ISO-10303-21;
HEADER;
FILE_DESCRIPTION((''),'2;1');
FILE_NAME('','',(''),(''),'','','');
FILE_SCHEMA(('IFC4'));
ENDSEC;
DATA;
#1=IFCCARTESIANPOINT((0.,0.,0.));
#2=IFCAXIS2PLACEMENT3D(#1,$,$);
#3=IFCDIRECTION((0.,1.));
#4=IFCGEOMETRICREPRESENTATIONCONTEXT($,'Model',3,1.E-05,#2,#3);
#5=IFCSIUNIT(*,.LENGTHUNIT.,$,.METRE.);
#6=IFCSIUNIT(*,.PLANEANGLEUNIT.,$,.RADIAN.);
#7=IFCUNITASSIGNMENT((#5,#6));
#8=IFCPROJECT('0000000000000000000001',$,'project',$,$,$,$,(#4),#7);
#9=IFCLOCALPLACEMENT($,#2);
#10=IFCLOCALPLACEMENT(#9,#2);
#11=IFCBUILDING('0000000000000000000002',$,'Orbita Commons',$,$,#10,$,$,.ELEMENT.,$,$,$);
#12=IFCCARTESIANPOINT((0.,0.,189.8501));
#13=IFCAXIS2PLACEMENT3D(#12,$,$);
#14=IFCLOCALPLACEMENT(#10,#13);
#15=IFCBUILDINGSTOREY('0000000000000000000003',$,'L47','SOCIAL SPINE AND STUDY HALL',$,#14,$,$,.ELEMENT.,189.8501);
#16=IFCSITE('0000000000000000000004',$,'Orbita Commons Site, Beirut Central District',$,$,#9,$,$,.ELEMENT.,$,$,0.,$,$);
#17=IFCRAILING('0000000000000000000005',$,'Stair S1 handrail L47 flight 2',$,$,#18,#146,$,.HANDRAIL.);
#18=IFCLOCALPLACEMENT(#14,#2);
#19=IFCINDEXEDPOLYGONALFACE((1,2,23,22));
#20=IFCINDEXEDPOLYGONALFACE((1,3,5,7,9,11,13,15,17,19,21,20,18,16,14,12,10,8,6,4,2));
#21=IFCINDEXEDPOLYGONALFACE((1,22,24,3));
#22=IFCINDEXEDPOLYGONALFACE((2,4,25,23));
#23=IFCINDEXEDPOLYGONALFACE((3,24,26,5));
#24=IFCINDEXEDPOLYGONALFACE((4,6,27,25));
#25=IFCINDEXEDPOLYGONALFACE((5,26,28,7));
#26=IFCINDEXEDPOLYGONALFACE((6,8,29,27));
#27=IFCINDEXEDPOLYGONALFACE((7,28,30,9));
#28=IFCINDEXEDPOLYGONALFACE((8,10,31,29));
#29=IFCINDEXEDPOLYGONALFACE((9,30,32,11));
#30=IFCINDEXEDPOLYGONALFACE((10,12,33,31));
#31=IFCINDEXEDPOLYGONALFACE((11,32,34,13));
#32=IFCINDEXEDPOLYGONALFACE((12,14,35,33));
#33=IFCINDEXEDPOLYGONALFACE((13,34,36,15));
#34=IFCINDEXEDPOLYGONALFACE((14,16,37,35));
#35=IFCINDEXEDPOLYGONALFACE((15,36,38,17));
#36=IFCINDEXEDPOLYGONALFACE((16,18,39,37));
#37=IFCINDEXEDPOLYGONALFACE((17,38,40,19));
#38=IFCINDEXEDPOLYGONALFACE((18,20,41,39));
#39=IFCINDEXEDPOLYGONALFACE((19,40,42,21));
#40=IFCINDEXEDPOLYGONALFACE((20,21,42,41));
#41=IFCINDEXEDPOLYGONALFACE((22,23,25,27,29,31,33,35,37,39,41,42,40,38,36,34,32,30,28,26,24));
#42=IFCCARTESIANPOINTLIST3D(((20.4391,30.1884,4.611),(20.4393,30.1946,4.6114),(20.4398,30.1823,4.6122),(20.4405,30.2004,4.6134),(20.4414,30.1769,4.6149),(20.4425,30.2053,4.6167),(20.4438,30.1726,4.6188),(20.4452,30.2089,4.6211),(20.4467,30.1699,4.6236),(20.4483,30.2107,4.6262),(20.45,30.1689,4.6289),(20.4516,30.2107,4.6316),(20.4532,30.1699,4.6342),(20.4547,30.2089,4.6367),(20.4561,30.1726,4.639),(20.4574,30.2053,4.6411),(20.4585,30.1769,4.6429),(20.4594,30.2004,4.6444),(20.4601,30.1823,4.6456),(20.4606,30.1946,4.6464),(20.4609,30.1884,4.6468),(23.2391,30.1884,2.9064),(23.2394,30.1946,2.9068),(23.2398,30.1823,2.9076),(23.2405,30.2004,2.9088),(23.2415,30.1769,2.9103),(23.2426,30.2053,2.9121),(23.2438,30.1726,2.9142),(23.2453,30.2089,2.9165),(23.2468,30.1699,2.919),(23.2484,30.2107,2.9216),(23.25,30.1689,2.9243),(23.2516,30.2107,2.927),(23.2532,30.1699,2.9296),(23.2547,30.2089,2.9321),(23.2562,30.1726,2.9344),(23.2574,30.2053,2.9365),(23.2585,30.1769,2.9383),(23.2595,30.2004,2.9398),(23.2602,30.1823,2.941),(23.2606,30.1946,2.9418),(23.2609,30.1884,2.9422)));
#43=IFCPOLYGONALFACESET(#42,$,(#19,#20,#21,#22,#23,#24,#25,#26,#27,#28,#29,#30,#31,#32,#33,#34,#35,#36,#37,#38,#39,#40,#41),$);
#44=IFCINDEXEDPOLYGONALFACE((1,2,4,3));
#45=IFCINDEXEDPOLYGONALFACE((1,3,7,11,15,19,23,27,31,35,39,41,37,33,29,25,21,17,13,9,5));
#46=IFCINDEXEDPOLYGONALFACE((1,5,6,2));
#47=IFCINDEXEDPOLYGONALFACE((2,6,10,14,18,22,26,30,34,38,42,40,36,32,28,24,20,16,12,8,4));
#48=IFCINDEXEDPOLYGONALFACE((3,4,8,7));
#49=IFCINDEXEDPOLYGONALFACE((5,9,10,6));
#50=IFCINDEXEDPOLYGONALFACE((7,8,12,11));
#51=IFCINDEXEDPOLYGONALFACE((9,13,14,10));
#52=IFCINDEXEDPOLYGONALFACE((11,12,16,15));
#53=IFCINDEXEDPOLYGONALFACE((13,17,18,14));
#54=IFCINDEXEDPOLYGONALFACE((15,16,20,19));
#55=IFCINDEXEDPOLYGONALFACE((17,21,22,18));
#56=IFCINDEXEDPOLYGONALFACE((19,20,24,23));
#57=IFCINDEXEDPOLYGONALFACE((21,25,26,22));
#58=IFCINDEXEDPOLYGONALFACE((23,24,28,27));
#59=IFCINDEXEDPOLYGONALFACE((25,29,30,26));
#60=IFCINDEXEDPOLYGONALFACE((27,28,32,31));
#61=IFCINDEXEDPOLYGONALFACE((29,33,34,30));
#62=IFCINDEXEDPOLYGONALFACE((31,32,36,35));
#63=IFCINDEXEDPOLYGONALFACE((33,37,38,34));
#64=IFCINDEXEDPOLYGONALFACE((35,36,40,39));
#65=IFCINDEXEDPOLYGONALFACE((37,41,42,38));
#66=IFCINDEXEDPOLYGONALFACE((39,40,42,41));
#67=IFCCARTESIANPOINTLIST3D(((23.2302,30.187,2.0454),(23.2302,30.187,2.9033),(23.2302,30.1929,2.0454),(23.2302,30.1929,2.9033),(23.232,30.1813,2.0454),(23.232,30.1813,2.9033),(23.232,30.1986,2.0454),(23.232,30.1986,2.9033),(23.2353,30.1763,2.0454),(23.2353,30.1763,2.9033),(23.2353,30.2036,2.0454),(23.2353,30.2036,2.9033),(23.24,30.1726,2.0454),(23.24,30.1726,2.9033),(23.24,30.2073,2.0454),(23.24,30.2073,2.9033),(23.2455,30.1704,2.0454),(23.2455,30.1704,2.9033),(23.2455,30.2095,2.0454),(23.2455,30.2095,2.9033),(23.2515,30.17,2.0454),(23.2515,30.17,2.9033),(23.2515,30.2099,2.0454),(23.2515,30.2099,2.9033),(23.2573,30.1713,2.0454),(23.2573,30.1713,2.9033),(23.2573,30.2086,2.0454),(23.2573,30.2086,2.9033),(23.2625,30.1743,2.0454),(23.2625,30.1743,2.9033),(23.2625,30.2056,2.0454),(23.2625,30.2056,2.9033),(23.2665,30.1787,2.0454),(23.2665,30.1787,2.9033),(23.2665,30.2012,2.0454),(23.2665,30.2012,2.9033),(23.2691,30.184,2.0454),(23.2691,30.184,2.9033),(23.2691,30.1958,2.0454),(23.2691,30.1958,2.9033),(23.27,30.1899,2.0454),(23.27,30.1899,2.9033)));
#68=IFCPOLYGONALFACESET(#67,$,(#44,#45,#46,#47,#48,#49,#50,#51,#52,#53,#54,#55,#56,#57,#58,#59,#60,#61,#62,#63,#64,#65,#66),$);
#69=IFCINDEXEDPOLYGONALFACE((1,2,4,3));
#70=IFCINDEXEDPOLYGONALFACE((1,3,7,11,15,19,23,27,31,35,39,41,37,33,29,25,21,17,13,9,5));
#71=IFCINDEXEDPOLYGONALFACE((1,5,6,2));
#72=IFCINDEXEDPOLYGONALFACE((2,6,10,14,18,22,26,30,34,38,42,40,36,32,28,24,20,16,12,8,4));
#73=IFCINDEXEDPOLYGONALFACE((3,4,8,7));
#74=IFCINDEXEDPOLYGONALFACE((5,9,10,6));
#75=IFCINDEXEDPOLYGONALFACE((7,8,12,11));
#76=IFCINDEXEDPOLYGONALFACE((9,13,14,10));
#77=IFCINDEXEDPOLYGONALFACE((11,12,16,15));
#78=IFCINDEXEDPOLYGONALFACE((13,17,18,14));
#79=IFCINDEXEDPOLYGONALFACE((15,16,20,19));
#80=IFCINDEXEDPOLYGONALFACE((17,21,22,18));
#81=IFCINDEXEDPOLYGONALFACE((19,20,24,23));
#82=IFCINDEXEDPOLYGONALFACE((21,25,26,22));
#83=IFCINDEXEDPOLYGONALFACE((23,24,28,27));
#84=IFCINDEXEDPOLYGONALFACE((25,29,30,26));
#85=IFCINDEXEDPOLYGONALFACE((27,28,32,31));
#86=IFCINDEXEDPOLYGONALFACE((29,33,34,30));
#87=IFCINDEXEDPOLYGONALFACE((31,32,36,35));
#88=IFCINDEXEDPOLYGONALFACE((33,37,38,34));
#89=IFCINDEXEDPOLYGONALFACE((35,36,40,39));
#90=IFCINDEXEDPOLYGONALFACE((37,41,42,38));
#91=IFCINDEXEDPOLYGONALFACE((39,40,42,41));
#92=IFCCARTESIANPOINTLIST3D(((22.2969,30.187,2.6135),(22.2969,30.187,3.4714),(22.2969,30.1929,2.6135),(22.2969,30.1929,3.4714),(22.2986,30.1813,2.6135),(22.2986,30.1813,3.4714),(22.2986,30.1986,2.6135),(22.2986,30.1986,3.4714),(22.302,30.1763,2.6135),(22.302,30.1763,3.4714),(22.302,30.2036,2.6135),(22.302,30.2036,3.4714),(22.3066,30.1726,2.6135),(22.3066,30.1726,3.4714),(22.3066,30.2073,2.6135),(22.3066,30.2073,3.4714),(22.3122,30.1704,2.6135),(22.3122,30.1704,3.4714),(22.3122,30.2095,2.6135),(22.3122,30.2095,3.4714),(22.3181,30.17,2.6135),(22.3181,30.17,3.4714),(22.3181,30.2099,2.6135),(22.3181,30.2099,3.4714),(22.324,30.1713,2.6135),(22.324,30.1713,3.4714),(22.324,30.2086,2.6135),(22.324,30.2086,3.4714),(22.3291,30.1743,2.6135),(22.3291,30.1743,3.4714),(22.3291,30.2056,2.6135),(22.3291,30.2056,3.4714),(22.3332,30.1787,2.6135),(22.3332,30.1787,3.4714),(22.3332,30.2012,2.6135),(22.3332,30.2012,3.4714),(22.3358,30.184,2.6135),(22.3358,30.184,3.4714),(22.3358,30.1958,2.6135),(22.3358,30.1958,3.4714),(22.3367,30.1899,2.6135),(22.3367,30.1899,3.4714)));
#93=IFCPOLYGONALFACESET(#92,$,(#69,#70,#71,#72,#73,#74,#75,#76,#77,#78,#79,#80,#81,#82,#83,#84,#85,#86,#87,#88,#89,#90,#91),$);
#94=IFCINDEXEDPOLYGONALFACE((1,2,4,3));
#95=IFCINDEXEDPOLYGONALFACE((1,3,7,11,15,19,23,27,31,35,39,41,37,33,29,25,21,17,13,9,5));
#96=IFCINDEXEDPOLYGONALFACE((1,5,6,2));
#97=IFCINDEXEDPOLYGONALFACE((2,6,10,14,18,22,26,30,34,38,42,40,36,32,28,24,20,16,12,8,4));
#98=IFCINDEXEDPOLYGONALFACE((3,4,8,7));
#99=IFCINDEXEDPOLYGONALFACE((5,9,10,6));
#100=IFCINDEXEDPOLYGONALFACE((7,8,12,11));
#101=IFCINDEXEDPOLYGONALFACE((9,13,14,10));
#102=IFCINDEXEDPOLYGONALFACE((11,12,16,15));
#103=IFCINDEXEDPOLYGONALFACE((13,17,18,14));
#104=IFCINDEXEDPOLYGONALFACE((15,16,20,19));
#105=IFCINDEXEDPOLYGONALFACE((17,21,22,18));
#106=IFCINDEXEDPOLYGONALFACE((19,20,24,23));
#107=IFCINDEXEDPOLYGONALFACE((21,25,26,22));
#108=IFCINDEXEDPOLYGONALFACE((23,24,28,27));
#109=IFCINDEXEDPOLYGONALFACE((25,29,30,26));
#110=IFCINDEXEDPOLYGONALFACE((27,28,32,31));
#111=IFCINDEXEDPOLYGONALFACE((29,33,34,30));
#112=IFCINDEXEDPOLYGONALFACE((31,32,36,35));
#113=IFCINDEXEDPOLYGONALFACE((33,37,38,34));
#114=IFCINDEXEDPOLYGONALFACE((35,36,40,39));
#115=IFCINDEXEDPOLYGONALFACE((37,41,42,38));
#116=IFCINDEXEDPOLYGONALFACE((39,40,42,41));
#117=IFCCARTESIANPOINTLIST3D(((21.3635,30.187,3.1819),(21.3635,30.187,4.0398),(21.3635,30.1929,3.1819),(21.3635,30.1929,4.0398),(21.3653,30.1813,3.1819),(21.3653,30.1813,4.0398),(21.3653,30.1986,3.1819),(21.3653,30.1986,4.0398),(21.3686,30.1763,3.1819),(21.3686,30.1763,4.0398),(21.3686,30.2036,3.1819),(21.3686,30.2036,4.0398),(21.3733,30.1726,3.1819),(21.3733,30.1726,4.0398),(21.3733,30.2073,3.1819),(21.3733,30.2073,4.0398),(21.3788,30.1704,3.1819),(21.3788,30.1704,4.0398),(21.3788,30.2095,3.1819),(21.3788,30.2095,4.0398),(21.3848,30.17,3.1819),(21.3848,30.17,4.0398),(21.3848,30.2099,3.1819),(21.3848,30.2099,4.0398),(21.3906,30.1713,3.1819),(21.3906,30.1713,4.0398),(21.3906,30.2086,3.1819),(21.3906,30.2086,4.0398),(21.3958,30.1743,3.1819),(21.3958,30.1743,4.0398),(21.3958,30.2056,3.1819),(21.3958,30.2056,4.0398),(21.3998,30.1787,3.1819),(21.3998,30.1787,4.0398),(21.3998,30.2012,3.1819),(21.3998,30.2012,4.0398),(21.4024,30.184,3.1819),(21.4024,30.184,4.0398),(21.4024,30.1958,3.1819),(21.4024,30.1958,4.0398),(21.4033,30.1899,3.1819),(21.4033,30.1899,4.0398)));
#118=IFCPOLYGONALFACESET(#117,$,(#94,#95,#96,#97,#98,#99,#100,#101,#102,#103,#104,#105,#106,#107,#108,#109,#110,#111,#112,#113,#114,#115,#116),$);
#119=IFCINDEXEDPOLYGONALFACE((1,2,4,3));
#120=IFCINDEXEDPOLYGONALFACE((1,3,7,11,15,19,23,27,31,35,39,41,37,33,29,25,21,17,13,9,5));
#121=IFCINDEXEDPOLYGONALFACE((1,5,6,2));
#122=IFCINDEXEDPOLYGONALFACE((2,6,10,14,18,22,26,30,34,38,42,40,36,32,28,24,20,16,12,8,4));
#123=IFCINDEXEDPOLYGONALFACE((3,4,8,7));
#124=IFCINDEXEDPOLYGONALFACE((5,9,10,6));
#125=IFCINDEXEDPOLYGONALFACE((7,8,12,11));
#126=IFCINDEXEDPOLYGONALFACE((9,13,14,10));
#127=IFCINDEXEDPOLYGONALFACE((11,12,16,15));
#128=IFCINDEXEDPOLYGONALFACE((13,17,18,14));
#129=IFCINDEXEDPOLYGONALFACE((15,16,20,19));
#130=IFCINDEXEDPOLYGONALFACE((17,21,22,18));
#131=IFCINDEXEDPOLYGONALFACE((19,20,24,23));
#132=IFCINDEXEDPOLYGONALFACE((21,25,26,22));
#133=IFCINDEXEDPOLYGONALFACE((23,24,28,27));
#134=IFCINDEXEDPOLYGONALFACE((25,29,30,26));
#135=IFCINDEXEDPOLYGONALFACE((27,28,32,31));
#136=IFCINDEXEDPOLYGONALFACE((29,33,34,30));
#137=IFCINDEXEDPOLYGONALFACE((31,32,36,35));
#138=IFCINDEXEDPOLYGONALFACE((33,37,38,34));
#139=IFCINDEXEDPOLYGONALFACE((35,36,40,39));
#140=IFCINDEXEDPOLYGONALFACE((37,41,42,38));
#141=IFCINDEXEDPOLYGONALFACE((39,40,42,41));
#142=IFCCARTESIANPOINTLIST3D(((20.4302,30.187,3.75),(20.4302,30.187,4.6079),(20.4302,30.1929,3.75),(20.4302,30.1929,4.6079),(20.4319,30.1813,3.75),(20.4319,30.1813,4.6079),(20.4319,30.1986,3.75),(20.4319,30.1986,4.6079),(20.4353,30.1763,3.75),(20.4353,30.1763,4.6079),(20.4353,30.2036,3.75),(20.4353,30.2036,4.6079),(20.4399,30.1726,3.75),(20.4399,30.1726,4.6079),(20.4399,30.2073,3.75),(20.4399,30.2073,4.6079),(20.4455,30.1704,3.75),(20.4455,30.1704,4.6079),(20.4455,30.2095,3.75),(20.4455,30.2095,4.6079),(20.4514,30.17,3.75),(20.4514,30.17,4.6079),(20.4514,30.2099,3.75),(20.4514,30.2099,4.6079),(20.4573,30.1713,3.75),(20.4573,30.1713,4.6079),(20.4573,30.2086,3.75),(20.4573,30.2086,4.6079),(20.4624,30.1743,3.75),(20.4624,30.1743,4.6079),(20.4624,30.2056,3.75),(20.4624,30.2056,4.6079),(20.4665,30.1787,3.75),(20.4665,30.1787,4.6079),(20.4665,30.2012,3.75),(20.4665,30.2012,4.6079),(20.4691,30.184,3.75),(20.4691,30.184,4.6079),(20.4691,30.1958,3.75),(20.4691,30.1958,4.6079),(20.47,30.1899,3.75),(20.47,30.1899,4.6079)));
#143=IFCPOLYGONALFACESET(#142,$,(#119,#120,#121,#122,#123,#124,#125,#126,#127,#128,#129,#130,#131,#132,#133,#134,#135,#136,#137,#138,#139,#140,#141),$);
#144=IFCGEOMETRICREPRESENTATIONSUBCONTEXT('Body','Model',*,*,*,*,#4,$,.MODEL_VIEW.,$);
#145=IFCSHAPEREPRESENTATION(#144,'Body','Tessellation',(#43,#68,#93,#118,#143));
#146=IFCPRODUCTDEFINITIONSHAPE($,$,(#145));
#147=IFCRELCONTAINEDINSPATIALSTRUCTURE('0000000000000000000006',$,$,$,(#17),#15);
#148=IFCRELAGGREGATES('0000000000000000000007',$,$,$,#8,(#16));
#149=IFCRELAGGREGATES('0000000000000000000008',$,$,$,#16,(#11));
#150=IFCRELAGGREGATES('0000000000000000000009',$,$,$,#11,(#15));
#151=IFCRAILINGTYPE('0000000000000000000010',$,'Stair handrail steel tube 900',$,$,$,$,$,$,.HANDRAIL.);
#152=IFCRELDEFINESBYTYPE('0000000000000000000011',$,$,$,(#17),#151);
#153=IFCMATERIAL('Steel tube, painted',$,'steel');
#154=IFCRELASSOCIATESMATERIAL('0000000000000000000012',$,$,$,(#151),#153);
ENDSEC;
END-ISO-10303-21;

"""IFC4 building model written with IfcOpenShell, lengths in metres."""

from ifc_helpers import new_model, si_unit, direction, frame, origin, origin_2d, place, context, subcontext, project, spatial, circle, extrude, material, type_object, element, save


model = new_model("IFC4")

# Units and contexts
model_context = context("Model", 3, precision=1e-05, world=origin(), true_north=direction((0.0, 1.0)))
body_context = subcontext(model_context, "Body", "Model", "MODEL_VIEW")
ifc_project = project(units=[si_unit("LENGTHUNIT", "METRE"), si_unit("PLANEANGLEUNIT", "RADIAN")], contexts=[model_context])

# Site, building, storey
site_placement = place(None, origin())
site = spatial("IfcSite", under=ifc_project, at=site_placement, Name="Orbita Commons Site, Beirut Central District", CompositionType="ELEMENT", RefElevation=0.0)
building_placement = place(site_placement, origin())
building = spatial("IfcBuilding", under=site, at=building_placement, Name="Orbita Commons", CompositionType="ELEMENT")
storey_placement = place(building_placement, frame((0.0, 0.0, 189.8501)))
storey = spatial("IfcBuildingStorey", under=building, at=storey_placement, Name="L47", Description="SOCIAL SPINE AND STUDY HALL", CompositionType="ELEMENT", Elevation=189.8501)

# Railing
ifc_material = material(Name="Steel tube, painted", Category="steel")
railing_type = type_object("IfcRailingType", Name="Stair handrail steel tube 900", PredefinedType="HANDRAIL", material=ifc_material)
for number, where, name in (
    (1, (23.25, 30.1899, 2.0454), "Stair S1 handrail L47 flight 2"),
):
    element("IfcRailing", number, at=place(storey_placement, frame(where)), inside=storey, type_object=railing_type, Name=name, PredefinedType="HANDRAIL", context=body_context, shape_type="SweptSolid", body=[
        extrude(circle(Radius=0.021, at=origin_2d()), frame((0.0, 0.0, 0.8789), z_axis=(-0.85417, 0.0, 0.519994), x_axis=(0.0, -1.0, 0.0)), (0.0, 0.0, 1.0), 3.2781),
        extrude(circle(Radius=0.02, at=origin_2d()), origin(), (0.0, 0.0, 1.0), 0.8579),
        extrude(circle(Radius=0.02, at=origin_2d()), frame((-0.9333, 0.0, 0.5681)), (0.0, 0.0, 1.0), 0.8579),
        extrude(circle(Radius=0.02, at=origin_2d()), frame((-1.8667, 0.0, 1.1365)), (0.0, 0.0, 1.0), 0.8579),
        extrude(circle(Radius=0.02, at=origin_2d()), frame((-2.8, 0.0, 1.7046)), (0.0, 0.0, 1.0), 0.8579),
    ])

save(model, "model.ifc")
